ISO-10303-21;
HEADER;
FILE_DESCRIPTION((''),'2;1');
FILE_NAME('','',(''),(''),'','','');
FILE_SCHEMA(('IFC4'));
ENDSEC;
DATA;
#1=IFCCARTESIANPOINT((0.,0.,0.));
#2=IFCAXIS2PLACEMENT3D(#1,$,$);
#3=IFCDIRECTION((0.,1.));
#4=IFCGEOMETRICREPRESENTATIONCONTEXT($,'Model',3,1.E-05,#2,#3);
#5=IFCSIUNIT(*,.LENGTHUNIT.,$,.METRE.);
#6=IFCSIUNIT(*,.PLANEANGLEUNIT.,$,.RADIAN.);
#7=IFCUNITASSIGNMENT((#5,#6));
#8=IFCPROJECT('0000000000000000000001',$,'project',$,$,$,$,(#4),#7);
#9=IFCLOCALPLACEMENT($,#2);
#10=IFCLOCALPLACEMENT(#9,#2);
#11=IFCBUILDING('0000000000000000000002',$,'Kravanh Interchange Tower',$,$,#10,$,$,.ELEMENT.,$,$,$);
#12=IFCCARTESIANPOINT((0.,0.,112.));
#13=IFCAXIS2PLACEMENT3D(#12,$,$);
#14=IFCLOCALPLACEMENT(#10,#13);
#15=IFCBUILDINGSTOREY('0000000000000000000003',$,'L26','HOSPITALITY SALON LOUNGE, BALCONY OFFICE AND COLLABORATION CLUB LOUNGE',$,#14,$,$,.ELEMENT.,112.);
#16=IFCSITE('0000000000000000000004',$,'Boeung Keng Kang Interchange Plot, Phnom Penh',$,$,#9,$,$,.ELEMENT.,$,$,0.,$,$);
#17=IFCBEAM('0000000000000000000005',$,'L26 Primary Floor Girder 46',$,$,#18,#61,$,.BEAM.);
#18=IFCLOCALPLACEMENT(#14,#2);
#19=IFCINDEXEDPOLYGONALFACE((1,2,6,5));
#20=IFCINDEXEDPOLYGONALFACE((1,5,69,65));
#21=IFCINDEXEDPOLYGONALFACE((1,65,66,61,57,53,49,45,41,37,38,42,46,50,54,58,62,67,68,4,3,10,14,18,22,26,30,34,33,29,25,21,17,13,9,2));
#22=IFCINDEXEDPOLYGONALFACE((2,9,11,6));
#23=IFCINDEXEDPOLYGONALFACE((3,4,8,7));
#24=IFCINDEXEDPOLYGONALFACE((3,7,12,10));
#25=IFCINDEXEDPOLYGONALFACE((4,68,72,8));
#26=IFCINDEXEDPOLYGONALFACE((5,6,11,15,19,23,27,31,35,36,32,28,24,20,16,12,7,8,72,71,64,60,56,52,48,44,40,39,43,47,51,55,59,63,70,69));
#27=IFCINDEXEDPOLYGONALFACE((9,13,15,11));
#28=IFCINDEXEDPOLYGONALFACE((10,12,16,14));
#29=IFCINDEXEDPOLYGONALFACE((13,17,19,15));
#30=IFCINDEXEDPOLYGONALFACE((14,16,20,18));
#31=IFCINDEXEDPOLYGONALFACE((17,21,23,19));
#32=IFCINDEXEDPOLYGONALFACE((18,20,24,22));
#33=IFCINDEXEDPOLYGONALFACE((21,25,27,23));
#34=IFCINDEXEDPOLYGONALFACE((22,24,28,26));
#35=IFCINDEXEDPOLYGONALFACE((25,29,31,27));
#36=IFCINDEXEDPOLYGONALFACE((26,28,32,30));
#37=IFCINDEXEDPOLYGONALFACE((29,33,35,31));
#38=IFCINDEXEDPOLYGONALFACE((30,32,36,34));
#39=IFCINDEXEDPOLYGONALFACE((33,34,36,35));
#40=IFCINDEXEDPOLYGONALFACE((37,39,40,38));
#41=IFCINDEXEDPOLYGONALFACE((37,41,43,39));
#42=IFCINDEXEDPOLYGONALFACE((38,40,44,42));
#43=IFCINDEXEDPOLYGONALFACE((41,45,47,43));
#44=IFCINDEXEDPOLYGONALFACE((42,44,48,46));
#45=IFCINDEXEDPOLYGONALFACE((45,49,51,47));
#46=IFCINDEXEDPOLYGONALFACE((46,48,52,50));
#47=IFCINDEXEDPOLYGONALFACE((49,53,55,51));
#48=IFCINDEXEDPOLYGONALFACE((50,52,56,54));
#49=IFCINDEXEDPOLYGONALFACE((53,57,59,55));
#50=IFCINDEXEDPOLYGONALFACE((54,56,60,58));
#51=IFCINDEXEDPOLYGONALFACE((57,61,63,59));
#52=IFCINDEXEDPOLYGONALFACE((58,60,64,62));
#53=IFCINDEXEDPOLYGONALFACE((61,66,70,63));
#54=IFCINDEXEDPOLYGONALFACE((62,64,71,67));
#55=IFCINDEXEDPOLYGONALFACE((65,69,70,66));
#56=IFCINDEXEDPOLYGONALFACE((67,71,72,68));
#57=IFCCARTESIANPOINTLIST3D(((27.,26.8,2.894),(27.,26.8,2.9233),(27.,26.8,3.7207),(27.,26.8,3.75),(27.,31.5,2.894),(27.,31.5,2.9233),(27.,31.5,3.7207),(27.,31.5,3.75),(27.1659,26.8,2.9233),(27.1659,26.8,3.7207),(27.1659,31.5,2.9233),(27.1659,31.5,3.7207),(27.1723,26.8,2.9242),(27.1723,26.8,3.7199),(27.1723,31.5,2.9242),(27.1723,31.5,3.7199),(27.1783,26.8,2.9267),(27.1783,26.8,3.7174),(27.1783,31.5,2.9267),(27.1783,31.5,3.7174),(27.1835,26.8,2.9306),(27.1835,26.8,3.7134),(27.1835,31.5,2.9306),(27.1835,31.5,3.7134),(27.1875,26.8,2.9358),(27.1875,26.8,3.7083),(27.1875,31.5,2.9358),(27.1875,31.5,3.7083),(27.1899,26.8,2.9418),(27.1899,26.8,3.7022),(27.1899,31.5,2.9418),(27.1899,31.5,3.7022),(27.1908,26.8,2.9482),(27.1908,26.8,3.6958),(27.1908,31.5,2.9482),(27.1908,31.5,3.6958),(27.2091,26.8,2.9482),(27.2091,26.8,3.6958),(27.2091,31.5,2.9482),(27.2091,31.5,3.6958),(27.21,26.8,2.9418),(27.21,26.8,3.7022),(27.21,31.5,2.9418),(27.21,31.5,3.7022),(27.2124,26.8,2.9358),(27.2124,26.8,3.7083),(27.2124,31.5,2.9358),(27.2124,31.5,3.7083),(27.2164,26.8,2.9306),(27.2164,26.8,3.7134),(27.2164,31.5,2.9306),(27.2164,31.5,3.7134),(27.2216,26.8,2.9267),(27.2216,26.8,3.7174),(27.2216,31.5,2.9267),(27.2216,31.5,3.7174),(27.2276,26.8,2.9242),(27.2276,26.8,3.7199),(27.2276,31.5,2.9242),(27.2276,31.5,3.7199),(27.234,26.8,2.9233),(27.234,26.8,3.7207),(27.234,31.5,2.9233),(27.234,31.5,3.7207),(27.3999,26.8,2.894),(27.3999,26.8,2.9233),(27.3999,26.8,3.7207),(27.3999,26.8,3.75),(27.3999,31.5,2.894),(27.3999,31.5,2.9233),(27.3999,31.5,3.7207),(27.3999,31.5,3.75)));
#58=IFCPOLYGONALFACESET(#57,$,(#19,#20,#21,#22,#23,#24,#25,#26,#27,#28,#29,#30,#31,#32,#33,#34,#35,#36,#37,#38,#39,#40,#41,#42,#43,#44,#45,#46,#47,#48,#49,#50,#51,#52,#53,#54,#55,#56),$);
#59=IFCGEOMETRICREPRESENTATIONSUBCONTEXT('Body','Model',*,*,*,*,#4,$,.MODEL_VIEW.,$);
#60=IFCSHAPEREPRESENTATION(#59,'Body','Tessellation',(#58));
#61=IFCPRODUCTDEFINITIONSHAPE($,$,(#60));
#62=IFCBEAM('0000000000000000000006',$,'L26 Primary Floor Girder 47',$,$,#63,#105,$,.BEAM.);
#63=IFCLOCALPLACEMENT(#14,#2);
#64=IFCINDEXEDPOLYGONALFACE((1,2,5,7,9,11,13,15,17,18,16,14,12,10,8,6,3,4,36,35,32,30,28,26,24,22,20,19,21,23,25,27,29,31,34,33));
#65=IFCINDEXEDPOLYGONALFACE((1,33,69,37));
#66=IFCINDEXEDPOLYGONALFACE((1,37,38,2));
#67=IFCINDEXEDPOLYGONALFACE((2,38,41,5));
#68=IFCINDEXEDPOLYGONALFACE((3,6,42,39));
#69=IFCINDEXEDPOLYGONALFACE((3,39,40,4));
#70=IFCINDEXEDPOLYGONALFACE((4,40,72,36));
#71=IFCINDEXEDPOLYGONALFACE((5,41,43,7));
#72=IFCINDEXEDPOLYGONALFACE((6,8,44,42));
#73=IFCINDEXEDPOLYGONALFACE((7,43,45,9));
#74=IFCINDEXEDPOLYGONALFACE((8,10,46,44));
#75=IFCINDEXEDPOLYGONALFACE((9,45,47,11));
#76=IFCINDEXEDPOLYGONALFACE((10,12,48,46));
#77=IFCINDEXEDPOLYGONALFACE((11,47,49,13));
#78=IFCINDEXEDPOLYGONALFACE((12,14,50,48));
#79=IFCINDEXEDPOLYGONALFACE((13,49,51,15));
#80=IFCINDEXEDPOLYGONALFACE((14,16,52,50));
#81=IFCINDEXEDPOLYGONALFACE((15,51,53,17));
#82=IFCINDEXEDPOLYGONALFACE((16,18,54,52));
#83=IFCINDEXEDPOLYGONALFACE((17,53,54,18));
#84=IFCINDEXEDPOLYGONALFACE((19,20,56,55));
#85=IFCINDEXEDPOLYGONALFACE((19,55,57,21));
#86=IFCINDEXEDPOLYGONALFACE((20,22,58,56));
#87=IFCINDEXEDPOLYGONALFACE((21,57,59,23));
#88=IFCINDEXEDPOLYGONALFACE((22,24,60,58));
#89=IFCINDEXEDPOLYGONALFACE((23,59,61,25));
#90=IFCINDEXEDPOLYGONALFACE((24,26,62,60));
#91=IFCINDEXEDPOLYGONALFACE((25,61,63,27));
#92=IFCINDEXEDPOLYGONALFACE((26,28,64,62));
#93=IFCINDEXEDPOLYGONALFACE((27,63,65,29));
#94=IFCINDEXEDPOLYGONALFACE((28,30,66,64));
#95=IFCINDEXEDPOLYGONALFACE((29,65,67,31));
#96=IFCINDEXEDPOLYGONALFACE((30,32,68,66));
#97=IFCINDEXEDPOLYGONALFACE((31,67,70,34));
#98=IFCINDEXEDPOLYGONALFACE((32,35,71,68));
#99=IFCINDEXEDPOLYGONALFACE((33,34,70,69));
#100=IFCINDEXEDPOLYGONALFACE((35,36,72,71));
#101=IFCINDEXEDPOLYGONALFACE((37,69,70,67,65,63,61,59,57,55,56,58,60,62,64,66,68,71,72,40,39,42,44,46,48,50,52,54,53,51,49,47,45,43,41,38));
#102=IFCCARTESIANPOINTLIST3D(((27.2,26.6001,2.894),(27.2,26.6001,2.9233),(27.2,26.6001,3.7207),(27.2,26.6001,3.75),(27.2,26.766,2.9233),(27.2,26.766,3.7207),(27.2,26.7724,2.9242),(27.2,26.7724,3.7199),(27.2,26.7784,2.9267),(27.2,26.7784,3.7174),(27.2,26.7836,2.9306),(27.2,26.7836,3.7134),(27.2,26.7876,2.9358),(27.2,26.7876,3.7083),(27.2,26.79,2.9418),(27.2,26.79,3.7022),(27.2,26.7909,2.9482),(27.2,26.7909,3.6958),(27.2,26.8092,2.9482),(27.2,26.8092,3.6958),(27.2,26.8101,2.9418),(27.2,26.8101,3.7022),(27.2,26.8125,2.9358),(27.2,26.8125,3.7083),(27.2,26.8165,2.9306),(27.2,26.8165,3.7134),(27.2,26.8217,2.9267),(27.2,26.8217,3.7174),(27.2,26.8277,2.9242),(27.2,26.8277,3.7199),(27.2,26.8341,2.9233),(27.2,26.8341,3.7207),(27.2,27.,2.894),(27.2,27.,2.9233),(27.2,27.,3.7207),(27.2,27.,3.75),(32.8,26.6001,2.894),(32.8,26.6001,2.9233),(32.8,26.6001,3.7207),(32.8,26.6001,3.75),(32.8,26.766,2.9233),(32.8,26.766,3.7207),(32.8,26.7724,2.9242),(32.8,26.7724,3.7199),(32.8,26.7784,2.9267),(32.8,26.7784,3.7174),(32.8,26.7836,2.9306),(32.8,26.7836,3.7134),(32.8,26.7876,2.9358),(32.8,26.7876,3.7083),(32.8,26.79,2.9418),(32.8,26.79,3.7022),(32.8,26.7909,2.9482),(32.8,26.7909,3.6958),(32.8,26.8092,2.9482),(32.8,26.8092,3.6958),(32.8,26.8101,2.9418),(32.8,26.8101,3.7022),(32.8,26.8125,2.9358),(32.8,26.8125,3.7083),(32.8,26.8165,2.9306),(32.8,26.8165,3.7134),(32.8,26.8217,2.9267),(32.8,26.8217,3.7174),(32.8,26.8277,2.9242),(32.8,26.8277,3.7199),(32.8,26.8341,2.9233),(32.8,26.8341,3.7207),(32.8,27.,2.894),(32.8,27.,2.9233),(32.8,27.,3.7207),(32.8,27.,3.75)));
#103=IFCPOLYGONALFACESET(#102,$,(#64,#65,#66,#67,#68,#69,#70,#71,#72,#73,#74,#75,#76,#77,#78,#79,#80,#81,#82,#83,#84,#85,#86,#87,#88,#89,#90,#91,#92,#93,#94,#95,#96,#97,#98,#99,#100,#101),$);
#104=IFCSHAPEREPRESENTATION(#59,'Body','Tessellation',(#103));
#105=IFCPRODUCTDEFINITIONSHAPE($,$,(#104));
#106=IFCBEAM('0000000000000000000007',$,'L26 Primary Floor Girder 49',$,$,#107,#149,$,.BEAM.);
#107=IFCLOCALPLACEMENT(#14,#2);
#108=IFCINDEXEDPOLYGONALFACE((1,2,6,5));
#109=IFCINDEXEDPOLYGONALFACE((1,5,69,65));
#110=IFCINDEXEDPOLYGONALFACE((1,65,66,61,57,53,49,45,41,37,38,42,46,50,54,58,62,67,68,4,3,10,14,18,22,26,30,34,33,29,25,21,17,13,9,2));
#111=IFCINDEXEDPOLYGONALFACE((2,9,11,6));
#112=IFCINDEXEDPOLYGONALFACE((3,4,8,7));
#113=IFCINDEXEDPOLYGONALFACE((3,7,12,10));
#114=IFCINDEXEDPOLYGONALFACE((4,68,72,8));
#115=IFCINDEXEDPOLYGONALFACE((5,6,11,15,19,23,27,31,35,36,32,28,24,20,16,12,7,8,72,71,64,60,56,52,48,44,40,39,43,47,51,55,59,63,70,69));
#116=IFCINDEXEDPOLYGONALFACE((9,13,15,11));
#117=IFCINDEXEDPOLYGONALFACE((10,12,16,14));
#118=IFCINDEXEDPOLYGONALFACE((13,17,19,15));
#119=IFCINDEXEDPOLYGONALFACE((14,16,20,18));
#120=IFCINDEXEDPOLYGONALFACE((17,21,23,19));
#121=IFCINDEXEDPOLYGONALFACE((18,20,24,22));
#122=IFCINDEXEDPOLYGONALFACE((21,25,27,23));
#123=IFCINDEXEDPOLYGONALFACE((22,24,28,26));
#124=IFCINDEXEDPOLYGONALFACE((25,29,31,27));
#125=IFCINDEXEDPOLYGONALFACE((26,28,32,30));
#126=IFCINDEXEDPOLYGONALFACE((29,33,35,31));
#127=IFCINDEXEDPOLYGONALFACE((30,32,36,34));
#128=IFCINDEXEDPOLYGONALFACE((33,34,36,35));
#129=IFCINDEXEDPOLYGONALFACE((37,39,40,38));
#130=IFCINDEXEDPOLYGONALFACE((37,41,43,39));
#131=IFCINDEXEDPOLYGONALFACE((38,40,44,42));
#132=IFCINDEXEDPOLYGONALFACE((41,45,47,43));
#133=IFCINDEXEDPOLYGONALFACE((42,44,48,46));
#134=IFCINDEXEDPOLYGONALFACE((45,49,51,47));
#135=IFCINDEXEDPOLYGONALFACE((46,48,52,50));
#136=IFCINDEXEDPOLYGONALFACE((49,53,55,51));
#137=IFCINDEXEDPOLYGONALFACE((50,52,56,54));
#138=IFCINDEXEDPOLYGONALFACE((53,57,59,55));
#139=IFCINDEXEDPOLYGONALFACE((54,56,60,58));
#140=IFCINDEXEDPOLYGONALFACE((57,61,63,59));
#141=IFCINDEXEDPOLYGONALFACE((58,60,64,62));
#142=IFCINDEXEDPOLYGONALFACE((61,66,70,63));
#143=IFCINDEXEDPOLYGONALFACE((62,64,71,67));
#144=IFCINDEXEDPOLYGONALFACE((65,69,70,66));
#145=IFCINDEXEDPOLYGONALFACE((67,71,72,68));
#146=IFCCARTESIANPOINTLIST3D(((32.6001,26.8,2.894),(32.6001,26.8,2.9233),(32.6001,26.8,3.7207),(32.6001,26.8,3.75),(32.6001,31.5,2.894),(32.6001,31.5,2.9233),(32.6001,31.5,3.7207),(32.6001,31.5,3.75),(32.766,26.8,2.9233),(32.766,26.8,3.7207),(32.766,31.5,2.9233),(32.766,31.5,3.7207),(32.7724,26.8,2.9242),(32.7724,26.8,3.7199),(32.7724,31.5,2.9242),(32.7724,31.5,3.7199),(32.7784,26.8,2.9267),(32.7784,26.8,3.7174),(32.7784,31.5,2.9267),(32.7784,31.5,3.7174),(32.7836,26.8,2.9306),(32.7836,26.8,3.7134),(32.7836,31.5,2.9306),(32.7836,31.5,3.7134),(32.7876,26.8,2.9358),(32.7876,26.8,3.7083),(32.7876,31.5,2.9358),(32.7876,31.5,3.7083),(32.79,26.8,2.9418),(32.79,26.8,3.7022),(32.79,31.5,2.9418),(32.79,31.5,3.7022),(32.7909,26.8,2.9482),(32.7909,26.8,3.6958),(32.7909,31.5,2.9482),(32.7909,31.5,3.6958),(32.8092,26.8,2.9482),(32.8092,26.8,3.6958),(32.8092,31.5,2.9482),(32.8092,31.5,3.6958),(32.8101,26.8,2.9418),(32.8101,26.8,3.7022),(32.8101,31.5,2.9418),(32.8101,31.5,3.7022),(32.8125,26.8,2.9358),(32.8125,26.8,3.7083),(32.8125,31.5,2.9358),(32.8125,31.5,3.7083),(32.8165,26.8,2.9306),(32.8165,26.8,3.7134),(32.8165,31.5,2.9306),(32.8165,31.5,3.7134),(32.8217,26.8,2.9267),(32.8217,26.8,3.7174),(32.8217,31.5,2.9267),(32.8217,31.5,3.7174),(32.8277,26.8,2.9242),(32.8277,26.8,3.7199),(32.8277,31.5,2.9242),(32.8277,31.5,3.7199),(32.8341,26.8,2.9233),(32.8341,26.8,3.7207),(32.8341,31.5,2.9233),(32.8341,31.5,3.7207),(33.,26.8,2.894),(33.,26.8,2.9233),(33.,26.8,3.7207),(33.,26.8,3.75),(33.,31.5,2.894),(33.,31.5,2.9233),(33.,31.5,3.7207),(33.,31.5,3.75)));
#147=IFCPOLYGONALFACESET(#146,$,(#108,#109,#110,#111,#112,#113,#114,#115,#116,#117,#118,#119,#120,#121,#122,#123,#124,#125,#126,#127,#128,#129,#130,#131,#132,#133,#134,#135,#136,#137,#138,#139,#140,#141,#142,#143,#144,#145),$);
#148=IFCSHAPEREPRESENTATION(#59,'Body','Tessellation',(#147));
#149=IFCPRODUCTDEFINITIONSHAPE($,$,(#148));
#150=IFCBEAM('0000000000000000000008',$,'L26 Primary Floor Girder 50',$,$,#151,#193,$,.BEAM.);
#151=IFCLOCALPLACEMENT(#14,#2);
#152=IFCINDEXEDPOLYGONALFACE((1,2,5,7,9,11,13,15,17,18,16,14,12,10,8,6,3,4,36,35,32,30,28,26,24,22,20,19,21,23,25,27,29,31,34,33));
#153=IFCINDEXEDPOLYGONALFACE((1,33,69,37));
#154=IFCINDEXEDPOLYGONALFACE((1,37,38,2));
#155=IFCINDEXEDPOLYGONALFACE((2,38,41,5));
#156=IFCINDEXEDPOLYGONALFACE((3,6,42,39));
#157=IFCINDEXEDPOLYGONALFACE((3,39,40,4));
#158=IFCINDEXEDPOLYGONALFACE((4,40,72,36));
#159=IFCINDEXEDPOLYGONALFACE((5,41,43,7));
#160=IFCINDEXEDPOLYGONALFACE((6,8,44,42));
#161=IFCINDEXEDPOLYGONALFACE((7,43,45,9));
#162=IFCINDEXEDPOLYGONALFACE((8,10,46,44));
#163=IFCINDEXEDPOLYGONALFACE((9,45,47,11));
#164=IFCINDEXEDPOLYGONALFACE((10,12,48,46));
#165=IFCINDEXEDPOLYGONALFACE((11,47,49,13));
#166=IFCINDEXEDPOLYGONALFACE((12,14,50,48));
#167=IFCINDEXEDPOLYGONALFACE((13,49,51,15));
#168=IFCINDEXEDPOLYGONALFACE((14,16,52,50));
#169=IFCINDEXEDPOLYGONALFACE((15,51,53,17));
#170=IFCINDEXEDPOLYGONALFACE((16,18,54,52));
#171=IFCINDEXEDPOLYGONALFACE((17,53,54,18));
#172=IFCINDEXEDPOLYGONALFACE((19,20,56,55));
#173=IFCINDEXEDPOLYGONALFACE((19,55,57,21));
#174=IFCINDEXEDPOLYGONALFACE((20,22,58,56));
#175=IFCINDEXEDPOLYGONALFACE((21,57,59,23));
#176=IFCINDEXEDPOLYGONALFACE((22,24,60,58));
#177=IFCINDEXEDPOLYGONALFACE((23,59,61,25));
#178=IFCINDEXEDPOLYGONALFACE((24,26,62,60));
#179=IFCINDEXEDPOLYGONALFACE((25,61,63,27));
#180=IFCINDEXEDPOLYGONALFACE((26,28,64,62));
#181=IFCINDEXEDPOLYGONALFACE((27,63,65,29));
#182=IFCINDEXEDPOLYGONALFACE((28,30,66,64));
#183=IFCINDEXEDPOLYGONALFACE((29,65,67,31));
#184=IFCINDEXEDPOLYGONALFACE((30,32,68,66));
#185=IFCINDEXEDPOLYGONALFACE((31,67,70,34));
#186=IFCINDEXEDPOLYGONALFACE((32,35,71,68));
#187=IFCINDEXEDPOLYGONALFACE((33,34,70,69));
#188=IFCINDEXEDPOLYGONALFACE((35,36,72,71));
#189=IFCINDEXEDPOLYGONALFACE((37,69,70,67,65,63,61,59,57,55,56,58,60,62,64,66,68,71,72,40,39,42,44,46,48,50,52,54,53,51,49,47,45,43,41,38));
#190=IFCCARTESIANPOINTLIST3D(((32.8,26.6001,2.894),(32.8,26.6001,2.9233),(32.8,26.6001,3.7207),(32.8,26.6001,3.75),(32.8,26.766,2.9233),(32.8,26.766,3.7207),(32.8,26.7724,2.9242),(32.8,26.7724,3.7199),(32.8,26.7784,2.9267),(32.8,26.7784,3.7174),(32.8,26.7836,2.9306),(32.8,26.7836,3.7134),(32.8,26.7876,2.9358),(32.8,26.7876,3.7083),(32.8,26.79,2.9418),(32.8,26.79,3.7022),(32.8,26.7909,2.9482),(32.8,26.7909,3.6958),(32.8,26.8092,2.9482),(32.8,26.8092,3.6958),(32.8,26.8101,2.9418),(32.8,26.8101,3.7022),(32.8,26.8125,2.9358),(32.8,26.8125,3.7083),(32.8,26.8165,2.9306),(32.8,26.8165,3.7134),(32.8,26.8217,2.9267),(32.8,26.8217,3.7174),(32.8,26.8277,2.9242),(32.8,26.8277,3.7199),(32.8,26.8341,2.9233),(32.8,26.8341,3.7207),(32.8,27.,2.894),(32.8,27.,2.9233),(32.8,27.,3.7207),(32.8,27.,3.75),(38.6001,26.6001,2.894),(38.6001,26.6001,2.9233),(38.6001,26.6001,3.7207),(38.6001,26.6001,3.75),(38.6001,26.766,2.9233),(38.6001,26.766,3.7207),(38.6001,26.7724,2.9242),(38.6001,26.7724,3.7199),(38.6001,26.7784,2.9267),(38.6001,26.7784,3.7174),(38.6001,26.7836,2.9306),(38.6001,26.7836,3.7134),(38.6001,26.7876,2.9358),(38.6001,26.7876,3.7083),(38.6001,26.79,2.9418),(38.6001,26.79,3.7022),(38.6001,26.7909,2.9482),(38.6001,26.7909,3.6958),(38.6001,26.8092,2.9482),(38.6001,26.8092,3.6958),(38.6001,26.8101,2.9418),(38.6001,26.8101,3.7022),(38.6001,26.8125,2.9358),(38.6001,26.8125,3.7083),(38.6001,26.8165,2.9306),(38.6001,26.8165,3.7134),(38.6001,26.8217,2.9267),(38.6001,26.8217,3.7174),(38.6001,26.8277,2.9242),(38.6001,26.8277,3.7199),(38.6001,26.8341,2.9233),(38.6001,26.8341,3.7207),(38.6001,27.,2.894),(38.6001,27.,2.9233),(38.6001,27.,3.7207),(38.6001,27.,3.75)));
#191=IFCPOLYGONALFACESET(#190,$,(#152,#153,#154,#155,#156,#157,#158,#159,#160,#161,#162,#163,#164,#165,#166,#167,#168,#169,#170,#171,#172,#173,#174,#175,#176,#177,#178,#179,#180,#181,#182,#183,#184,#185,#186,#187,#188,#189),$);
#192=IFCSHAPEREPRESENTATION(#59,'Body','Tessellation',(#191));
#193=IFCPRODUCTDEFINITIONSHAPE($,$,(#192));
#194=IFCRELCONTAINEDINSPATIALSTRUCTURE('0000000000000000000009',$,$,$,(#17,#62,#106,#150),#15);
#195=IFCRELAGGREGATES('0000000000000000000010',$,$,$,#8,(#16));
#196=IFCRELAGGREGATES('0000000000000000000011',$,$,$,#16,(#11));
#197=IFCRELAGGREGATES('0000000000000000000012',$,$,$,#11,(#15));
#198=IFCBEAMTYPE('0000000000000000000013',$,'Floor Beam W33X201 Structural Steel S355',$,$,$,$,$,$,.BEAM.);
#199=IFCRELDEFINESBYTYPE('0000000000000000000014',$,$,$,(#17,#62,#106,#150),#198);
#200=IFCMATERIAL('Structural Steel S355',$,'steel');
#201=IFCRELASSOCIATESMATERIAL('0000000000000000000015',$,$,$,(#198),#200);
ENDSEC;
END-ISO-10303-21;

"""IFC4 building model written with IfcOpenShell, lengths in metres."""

from ifc_helpers import new_model, si_unit, direction, frame, origin, origin_2d, place, context, subcontext, project, spatial, i_section, extrude, material, material_profile, profile_set, type_object, element, save


model = new_model("IFC4")

# Units and contexts
model_context = context("Model", 3, precision=1e-05, world=origin(), true_north=direction((0.0, 1.0)))
body_context = subcontext(model_context, "Body", "Model", "MODEL_VIEW")
ifc_project = project(units=[si_unit("LENGTHUNIT", "METRE"), si_unit("PLANEANGLEUNIT", "RADIAN")], contexts=[model_context])

# Site, building, storey
site_placement = place(None, origin())
site = spatial("IfcSite", under=ifc_project, at=site_placement, Name="Boeung Keng Kang Interchange Plot, Phnom Penh", CompositionType="ELEMENT", RefElevation=0.0)
building_placement = place(site_placement, origin())
building = spatial("IfcBuilding", under=site, at=building_placement, Name="Kravanh Interchange Tower", CompositionType="ELEMENT")
storey_placement = place(building_placement, frame((0.0, 0.0, 112.0)))
storey = spatial("IfcBuildingStorey", under=building, at=storey_placement, Name="L26", Description="HOSPITALITY SALON LOUNGE, BALCONY OFFICE AND COLLABORATION CLUB LOUNGE", CompositionType="ELEMENT", Elevation=112.0)

# Beams
ifc_material_1 = material(Name="Structural Steel S355", Category="steel")
ifc_material_profile_1 = material_profile(ifc_material_1, i_section(OverallWidth=0.3999, OverallDepth=0.856, WebThickness=0.0183, FlangeThickness=0.0293, FilletRadius=0.0249, at=origin_2d()), Name="W33X201")
ifc_profile_set_1 = profile_set([ifc_material_profile_1], Name="Structural Steel S355")
beam_type_1 = type_object("IfcBeamType", Name="Floor Beam W33X201 Structural Steel S355", PredefinedType="BEAM", material=ifc_profile_set_1)
beam_1_placement = place(storey_placement, frame((27.2, 26.8, 3.322), z_axis=(0.0, 1.0, 0.0), x_axis=(-1.0, 0.0, 0.0)))
element("IfcBeam", 1, at=beam_1_placement, inside=storey, type_object=beam_type_1, Name="L26 Primary Floor Girder 46", PredefinedType="BEAM", context=body_context, shape_type="SweptSolid", body=[
    extrude(i_section(OverallWidth=0.3999, OverallDepth=0.856, WebThickness=0.0183, FlangeThickness=0.0293, FilletRadius=0.0249, at=origin_2d()), origin(), (0.0, 0.0, 1.0), 4.7),
])
beam_2_placement = place(storey_placement, frame((27.2, 26.8, 3.322), z_axis=(1.0, 0.0, 0.0), x_axis=(0.0, 1.0, 0.0)))
element("IfcBeam", 2, at=beam_2_placement, inside=storey, type_object=beam_type_1, Name="L26 Primary Floor Girder 47", PredefinedType="BEAM", context=body_context, shape_type="SweptSolid", body=[
    extrude(i_section(OverallWidth=0.3999, OverallDepth=0.856, WebThickness=0.0183, FlangeThickness=0.0293, FilletRadius=0.0249, at=origin_2d()), origin(), (0.0, 0.0, 1.0), 5.6001),
])
beam_3_placement = place(storey_placement, frame((32.8, 26.8, 3.322), z_axis=(0.0, 1.0, 0.0), x_axis=(-1.0, 0.0, 0.0)))
element("IfcBeam", 3, at=beam_3_placement, inside=storey, type_object=beam_type_1, Name="L26 Primary Floor Girder 49", PredefinedType="BEAM", context=body_context, shape_type="SweptSolid", body=[
    extrude(i_section(OverallWidth=0.3999, OverallDepth=0.856, WebThickness=0.0183, FlangeThickness=0.0293, FilletRadius=0.0249, at=origin_2d()), origin(), (0.0, 0.0, 1.0), 4.7),
])
beam_4_placement = place(storey_placement, frame((32.8, 26.8, 3.322), z_axis=(1.0, 0.0, 0.0), x_axis=(0.0, 1.0, 0.0)))
element("IfcBeam", 4, at=beam_4_placement, inside=storey, type_object=beam_type_1, Name="L26 Primary Floor Girder 50", PredefinedType="BEAM", context=body_context, shape_type="SweptSolid", body=[
    extrude(i_section(OverallWidth=0.3999, OverallDepth=0.856, WebThickness=0.0183, FlangeThickness=0.0293, FilletRadius=0.0249, at=origin_2d()), origin(), (0.0, 0.0, 1.0), 5.8),
])

save(model, "model.ifc")
